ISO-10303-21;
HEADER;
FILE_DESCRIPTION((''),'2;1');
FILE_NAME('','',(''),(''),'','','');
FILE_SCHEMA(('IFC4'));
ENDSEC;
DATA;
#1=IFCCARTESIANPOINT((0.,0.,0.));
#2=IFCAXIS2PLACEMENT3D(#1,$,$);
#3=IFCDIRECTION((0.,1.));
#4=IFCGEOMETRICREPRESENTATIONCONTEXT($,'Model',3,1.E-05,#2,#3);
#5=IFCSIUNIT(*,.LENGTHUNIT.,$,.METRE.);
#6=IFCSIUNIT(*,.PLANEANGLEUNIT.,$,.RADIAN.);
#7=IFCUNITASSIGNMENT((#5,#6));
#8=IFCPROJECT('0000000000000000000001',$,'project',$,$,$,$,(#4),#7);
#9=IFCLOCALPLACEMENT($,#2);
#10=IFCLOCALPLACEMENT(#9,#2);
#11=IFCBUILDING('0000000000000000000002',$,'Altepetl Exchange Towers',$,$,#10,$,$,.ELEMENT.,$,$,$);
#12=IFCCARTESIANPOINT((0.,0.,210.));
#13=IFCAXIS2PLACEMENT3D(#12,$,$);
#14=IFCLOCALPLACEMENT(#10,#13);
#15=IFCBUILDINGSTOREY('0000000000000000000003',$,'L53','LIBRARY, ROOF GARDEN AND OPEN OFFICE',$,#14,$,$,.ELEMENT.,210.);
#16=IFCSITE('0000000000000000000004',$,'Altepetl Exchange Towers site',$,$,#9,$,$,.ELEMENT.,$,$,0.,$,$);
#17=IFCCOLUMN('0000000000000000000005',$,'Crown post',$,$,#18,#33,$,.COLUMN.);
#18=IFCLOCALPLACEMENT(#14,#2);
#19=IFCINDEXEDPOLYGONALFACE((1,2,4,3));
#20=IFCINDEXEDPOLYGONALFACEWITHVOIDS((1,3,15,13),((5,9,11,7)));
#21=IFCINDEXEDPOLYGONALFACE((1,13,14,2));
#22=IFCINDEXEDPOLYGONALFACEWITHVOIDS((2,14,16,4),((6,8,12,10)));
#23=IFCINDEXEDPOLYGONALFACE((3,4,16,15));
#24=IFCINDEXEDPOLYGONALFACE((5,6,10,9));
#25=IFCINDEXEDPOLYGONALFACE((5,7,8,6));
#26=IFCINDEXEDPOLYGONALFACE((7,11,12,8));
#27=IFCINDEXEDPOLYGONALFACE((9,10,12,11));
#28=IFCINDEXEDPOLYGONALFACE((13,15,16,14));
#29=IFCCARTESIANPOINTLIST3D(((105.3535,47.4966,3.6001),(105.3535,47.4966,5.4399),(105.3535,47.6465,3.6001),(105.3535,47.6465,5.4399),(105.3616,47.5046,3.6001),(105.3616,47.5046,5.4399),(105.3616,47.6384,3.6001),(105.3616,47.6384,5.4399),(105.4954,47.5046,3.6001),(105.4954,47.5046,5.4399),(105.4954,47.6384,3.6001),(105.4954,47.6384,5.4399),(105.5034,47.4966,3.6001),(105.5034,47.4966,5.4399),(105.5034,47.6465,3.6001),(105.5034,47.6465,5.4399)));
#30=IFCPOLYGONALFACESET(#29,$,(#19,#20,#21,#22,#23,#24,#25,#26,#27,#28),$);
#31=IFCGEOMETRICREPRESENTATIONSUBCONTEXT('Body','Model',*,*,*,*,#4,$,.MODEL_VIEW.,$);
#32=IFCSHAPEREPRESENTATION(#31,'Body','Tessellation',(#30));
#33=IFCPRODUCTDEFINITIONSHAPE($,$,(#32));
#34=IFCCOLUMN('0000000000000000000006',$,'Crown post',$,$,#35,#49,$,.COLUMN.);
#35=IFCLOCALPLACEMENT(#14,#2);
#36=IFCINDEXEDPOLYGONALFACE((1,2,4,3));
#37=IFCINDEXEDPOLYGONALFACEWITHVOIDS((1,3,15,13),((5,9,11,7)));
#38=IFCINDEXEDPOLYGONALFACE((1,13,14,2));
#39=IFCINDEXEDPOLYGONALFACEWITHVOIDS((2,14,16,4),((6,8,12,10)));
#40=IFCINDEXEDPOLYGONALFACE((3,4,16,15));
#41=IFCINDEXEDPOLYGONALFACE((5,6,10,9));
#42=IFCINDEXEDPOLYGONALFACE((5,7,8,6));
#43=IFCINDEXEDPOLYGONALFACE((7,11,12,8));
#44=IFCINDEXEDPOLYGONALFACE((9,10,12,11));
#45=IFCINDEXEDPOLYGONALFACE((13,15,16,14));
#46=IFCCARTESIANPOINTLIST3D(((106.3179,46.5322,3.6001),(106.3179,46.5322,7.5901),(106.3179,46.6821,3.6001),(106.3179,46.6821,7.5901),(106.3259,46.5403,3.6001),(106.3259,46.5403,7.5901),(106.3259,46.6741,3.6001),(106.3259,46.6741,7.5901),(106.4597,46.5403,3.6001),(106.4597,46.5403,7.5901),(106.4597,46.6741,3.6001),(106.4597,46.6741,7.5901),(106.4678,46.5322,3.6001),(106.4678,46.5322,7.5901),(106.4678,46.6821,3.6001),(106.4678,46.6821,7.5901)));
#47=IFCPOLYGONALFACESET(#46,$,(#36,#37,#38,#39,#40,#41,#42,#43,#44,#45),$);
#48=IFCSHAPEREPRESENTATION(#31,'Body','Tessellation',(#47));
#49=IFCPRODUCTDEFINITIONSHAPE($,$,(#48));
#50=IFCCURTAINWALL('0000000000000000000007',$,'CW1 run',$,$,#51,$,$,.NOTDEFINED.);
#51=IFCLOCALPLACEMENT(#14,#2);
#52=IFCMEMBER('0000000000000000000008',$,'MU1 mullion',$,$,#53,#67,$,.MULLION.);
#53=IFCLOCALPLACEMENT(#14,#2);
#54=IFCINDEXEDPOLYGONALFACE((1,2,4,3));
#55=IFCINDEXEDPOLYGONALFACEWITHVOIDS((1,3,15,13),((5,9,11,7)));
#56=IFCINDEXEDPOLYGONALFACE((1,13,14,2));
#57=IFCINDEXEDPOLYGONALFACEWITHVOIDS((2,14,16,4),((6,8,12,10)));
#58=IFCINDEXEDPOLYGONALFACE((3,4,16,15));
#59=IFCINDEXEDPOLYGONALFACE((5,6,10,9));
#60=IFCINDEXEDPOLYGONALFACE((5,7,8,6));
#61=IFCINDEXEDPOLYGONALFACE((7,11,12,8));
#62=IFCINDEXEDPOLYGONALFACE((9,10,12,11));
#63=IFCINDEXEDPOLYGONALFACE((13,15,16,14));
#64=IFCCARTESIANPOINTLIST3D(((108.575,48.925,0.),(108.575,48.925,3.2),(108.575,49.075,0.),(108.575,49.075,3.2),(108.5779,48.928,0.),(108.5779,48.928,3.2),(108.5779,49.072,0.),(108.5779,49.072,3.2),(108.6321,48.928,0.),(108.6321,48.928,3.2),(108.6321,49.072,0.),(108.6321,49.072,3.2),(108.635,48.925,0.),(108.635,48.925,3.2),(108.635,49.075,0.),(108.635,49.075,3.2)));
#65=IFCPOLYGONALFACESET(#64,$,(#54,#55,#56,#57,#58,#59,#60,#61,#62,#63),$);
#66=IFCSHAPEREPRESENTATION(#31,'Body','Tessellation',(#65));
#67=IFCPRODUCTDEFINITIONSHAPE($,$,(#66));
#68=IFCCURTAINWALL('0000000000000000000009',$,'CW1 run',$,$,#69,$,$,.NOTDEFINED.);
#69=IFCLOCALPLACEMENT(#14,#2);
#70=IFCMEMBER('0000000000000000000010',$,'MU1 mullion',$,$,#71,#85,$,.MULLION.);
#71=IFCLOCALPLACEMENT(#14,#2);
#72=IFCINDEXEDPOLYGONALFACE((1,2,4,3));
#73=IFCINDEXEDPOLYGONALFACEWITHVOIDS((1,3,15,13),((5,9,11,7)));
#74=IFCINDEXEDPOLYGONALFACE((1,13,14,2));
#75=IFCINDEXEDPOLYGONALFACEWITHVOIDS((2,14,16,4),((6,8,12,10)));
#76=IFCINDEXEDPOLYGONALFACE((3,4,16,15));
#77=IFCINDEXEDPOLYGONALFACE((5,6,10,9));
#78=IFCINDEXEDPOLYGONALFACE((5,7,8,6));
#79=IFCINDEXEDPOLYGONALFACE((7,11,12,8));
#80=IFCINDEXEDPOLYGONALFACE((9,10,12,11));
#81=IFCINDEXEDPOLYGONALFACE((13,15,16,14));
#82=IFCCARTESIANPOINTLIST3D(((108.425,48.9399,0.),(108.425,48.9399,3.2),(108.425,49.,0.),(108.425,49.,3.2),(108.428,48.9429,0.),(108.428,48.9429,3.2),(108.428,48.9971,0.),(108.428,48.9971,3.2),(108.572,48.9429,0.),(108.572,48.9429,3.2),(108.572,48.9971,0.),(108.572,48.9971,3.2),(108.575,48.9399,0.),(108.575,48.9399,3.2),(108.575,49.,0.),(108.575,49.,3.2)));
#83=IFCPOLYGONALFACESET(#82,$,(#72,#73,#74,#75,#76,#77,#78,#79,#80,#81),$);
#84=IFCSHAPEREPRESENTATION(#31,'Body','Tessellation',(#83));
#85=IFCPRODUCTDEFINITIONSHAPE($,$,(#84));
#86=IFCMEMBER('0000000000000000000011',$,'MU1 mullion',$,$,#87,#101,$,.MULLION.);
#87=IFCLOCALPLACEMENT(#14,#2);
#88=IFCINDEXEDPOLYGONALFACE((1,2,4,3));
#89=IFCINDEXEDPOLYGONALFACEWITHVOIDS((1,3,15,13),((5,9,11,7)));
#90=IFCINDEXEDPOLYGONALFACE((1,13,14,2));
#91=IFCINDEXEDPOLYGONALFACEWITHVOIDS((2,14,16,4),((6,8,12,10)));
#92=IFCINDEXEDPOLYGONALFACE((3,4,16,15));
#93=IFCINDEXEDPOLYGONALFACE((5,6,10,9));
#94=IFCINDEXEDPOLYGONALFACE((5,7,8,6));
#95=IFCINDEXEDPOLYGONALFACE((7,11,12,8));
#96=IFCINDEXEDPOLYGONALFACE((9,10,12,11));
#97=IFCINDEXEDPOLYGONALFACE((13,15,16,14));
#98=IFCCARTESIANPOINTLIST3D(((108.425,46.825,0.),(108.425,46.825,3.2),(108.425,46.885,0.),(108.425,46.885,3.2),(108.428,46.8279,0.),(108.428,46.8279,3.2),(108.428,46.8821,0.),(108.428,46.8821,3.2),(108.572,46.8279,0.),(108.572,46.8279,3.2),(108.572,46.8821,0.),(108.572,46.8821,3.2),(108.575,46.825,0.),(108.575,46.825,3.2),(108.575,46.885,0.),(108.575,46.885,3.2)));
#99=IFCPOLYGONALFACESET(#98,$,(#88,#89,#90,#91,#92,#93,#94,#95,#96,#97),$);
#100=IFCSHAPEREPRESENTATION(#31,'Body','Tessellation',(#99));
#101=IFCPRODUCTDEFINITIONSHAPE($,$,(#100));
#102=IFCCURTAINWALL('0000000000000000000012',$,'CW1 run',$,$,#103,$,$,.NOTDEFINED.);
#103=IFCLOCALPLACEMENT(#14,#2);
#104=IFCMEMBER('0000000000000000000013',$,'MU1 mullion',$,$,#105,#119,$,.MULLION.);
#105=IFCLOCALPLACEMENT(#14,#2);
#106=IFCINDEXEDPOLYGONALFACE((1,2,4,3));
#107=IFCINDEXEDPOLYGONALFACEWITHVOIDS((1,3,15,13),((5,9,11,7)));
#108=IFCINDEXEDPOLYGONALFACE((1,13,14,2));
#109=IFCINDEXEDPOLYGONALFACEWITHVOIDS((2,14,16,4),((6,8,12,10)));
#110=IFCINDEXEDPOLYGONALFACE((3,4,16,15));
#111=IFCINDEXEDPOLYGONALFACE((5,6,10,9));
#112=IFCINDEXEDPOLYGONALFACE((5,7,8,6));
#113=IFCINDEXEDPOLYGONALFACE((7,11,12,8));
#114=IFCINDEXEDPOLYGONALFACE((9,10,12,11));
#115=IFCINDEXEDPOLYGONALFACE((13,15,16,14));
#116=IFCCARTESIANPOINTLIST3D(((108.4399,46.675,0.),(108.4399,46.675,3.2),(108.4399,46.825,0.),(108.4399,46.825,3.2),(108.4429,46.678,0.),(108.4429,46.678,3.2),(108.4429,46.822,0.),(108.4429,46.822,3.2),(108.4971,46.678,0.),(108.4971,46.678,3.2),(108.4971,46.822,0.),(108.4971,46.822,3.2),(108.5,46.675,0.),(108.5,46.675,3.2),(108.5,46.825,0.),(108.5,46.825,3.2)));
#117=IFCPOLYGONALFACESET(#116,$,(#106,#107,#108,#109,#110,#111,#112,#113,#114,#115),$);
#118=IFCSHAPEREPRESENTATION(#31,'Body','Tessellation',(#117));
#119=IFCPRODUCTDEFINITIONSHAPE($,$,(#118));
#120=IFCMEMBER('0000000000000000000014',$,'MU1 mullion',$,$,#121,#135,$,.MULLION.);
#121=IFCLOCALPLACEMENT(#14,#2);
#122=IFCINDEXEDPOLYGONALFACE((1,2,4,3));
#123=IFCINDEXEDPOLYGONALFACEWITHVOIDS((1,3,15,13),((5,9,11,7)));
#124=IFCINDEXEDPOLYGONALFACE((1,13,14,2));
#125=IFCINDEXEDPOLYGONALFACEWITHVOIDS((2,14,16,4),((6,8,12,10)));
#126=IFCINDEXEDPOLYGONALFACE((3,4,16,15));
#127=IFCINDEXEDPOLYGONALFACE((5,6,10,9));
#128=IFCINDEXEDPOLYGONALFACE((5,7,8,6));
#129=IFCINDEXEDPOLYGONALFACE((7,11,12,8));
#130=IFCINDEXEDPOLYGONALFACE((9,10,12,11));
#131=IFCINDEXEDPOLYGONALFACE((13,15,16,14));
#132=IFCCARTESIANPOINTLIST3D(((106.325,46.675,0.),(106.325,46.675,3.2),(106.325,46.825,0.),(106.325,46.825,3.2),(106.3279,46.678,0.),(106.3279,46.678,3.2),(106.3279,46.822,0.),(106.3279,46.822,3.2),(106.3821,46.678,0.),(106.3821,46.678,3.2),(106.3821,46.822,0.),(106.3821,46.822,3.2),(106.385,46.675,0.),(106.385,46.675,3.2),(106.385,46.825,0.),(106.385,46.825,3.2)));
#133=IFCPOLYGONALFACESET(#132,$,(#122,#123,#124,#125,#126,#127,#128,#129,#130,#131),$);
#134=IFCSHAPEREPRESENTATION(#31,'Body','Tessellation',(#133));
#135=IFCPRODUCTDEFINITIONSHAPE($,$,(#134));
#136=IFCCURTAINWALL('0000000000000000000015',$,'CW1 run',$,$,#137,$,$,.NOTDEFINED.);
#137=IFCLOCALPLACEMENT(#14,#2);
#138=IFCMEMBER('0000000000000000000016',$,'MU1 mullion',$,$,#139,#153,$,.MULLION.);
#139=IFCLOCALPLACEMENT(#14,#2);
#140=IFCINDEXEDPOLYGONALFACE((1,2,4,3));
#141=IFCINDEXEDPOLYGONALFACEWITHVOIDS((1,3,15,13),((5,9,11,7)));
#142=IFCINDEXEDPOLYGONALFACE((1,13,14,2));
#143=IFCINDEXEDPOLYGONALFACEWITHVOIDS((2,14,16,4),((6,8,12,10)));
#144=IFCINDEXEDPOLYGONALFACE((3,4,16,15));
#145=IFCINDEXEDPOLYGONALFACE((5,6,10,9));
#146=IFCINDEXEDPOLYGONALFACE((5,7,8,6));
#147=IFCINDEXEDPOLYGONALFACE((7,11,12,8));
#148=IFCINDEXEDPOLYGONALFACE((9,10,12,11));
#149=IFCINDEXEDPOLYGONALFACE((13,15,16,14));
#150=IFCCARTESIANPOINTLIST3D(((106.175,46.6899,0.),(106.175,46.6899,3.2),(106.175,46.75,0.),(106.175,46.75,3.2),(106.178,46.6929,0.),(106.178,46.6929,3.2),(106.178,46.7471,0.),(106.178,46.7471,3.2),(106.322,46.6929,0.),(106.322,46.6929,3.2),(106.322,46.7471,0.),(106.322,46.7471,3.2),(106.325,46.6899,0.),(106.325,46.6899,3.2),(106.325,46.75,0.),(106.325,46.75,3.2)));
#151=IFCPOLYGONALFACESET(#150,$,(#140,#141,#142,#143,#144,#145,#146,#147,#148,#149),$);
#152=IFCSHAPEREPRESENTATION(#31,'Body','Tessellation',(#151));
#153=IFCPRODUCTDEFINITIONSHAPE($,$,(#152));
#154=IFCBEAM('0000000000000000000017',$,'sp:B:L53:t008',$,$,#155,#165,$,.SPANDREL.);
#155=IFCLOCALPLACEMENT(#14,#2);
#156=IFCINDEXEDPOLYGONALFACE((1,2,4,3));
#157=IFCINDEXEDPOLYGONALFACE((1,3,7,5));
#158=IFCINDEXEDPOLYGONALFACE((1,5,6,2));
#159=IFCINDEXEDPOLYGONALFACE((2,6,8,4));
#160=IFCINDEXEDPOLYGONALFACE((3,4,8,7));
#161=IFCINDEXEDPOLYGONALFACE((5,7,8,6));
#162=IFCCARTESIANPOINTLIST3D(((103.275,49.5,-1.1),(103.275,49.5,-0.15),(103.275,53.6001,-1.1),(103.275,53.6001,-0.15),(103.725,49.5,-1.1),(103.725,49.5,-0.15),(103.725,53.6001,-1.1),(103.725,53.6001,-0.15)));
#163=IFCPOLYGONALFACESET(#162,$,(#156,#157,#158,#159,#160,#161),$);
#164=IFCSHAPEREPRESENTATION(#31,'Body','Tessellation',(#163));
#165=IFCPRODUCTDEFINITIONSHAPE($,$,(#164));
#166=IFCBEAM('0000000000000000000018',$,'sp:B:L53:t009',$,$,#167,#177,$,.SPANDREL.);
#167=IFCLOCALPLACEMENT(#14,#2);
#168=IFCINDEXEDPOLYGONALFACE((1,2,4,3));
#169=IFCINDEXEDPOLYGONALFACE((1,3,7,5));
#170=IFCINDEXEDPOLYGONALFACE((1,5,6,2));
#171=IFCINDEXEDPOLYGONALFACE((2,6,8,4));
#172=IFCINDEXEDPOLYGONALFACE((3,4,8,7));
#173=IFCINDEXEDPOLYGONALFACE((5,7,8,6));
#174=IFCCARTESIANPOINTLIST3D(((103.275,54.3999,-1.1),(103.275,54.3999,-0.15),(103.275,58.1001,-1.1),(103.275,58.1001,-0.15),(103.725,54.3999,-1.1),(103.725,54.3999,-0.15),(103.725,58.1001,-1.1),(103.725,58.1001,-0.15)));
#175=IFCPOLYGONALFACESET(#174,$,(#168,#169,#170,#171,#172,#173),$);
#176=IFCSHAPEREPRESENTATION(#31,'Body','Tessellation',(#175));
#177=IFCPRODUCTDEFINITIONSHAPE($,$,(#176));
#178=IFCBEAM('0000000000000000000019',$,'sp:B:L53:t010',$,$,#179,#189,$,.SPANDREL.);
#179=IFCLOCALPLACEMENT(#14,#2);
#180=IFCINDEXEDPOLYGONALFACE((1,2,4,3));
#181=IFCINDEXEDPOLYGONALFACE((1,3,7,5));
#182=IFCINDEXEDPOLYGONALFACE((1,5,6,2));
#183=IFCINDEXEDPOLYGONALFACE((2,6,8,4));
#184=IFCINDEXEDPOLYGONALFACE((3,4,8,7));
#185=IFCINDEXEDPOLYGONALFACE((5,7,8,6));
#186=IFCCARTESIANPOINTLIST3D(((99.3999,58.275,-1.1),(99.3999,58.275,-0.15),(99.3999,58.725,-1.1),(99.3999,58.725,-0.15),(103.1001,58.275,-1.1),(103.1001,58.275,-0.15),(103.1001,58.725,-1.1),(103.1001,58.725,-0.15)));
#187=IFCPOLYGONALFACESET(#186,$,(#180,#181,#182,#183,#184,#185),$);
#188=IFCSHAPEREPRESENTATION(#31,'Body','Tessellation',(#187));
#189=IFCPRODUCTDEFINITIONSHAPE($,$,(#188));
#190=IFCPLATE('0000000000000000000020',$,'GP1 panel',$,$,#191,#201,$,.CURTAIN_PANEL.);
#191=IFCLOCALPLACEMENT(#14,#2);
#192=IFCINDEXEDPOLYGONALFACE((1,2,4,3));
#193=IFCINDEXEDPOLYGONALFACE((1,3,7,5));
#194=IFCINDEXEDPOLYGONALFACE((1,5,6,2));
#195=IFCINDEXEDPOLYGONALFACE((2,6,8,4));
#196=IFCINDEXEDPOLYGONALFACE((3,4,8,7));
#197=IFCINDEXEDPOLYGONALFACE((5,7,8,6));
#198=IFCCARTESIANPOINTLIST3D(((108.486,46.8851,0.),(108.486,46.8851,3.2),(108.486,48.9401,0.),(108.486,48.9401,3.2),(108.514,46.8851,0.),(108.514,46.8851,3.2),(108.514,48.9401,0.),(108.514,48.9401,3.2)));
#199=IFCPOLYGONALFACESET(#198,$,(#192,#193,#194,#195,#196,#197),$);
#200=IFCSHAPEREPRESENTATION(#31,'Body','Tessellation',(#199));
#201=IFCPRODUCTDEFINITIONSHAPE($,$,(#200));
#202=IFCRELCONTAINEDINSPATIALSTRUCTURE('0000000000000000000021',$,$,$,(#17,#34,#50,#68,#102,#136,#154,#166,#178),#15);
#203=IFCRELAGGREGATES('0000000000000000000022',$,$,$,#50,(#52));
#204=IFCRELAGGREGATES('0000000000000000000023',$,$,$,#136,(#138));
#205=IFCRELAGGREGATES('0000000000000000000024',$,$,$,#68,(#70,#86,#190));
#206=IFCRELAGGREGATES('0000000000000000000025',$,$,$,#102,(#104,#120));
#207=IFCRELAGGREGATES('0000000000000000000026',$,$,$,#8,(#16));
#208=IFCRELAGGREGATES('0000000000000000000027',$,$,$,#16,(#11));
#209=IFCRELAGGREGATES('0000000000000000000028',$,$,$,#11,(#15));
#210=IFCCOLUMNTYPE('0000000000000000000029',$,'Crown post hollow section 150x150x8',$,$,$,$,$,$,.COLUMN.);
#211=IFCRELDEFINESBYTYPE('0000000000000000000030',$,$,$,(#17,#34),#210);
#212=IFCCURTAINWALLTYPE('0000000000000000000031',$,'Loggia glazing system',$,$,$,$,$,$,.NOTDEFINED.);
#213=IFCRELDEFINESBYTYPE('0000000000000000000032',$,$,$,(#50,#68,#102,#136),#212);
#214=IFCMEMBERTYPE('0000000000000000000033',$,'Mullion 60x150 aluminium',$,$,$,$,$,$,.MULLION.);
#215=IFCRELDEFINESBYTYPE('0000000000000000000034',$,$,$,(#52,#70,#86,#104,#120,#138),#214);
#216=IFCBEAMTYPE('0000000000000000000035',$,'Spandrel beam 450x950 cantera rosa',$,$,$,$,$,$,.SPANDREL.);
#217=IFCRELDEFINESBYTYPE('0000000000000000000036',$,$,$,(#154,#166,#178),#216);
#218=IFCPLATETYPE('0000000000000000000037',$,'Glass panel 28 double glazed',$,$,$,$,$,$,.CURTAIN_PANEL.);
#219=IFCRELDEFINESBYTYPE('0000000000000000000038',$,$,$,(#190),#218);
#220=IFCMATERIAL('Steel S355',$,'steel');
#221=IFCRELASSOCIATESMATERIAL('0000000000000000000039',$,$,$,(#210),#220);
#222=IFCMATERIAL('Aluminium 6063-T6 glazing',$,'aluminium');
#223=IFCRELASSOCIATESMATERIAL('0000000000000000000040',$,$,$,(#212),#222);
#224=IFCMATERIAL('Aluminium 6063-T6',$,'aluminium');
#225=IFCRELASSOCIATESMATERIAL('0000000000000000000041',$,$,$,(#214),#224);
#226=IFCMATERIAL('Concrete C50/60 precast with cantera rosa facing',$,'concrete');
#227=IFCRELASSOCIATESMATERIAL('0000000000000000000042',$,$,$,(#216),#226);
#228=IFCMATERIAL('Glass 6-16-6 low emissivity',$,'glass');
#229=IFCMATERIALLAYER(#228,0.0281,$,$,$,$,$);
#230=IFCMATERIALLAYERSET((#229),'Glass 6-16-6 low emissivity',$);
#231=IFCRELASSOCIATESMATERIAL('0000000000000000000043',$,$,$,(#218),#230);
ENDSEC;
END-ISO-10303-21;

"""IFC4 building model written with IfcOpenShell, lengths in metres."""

from ifc_helpers import new_model, si_unit, direction, frame, origin, origin_2d, place, context, subcontext, project, spatial, rectangle, hollow_rectangle, extrude, material, layer, layer_set, material_profile, profile_set, type_object, element, aggregate, save


model = new_model("IFC4")

# Units and contexts
model_context = context("Model", 3, precision=1e-05, world=origin(), true_north=direction((0.0, 1.0)))
body_context = subcontext(model_context, "Body", "Model", "MODEL_VIEW")
ifc_project = project(units=[si_unit("LENGTHUNIT", "METRE"), si_unit("PLANEANGLEUNIT", "RADIAN")], contexts=[model_context])

# Site, building, storey
site_placement = place(None, origin())
site = spatial("IfcSite", under=ifc_project, at=site_placement, Name="Altepetl Exchange Towers site", CompositionType="ELEMENT", RefElevation=0.0)
building_placement = place(site_placement, origin())
building = spatial("IfcBuilding", under=site, at=building_placement, Name="Altepetl Exchange Towers", CompositionType="ELEMENT")
storey_placement = place(building_placement, frame((0.0, 0.0, 210.0)))
storey = spatial("IfcBuildingStorey", under=building, at=storey_placement, Name="L53", Description="LIBRARY, ROOF GARDEN AND OPEN OFFICE", CompositionType="ELEMENT", Elevation=210.0)

# Columns
ifc_material_1 = material(Name="Steel S355", Category="steel")
ifc_material_profile_1 = material_profile(ifc_material_1, hollow_rectangle(XDim=0.1499, YDim=0.1499, WallThickness=0.0081, at=origin_2d()), Name="RHS 150x150x8")
ifc_profile_set_1 = profile_set([ifc_material_profile_1], Name="Steel S355")
column_type = type_object("IfcColumnType", Name="Crown post hollow section 150x150x8", PredefinedType="COLUMN", material=ifc_profile_set_1)
column_1_placement = place(storey_placement, frame((105.4285, 47.5715, 3.6001)))
element("IfcColumn", 1, at=column_1_placement, inside=storey, type_object=column_type, Name="Crown post", PredefinedType="COLUMN", context=body_context, shape_type="SweptSolid", body=[
    extrude(hollow_rectangle(XDim=0.1499, YDim=0.1499, WallThickness=0.0081, at=origin_2d()), origin(), (0.0, 0.0, 1.0), 1.8398),
])
column_2_placement = place(storey_placement, frame((106.3928, 46.6072, 3.6001)))
element("IfcColumn", 2, at=column_2_placement, inside=storey, type_object=column_type, Name="Crown post", PredefinedType="COLUMN", context=body_context, shape_type="SweptSolid", body=[
    extrude(hollow_rectangle(XDim=0.1499, YDim=0.1499, WallThickness=0.0081, at=origin_2d()), origin(), (0.0, 0.0, 1.0), 3.99),
])

# Curtain wall, member
ifc_material_2 = material(Name="Aluminium 6063-T6 glazing", Category="aluminium")
curtain_wall_type_1 = type_object("IfcCurtainWallType", Name="Loggia glazing system", PredefinedType="NOTDEFINED", material=ifc_material_2)
curtain_wall_1_placement = place(storey_placement, origin())
curtain_wall_1 = element("IfcCurtainWall", 3, at=curtain_wall_1_placement, inside=storey, type_object=curtain_wall_type_1, Name="CW1 run", PredefinedType="NOTDEFINED")
ifc_material_3 = material(Name="Aluminium 6063-T6", Category="aluminium")
ifc_material_profile_2 = material_profile(ifc_material_3, hollow_rectangle(XDim=0.0601, YDim=0.1499, WallThickness=0.0029, at=origin_2d()), Name="Mullion 60x150 aluminium")
ifc_profile_set_2 = profile_set([ifc_material_profile_2], Name="Aluminium 6063-T6")
member_type = type_object("IfcMemberType", Name="Mullion 60x150 aluminium", PredefinedType="MULLION", material=ifc_profile_set_2)
member_1_placement = place(storey_placement, frame((108.605, 49.0, 0.0), z_axis=(0.0, 0.0, 1.0), x_axis=(-1.0, 0.0, 0.0)))
member_1 = element("IfcMember", 4, at=member_1_placement, type_object=member_type, Name="MU1 mullion", PredefinedType="MULLION", context=body_context, shape_type="SweptSolid", body=[
    extrude(hollow_rectangle(XDim=0.0601, YDim=0.1499, WallThickness=0.0029, at=origin_2d()), origin(), (0.0, 0.0, 1.0), 3.2),
])
aggregate(curtain_wall_1, [member_1])

# Curtain walls, members
curtain_wall_2_placement = place(storey_placement, origin())
curtain_wall_2 = element("IfcCurtainWall", 5, at=curtain_wall_2_placement, inside=storey, type_object=curtain_wall_type_1, Name="CW1 run", PredefinedType="NOTDEFINED")
member_2_placement = place(storey_placement, frame((108.5, 48.97, 0.0), z_axis=(0.0, 0.0, 1.0), x_axis=(0.0, -1.0, 0.0)))
member_2 = element("IfcMember", 6, at=member_2_placement, type_object=member_type, Name="MU1 mullion", PredefinedType="MULLION", context=body_context, shape_type="SweptSolid", body=[
    extrude(hollow_rectangle(XDim=0.0601, YDim=0.1499, WallThickness=0.0029, at=origin_2d()), origin(), (0.0, 0.0, 1.0), 3.2),
])
member_3_placement = place(storey_placement, frame((108.5, 46.855, 0.0), z_axis=(0.0, 0.0, 1.0), x_axis=(0.0, -1.0, 0.0)))
member_3 = element("IfcMember", 7, at=member_3_placement, type_object=member_type, Name="MU1 mullion", PredefinedType="MULLION", context=body_context, shape_type="SweptSolid", body=[
    extrude(hollow_rectangle(XDim=0.0601, YDim=0.1499, WallThickness=0.0029, at=origin_2d()), origin(), (0.0, 0.0, 1.0), 3.2),
])
curtain_wall_3_placement = place(storey_placement, origin())
curtain_wall_3 = element("IfcCurtainWall", 8, at=curtain_wall_3_placement, inside=storey, type_object=curtain_wall_type_1, Name="CW1 run", PredefinedType="NOTDEFINED")
member_4_placement = place(storey_placement, frame((108.47, 46.75, 0.0), z_axis=(0.0, 0.0, 1.0), x_axis=(-1.0, 0.0, 0.0)))
member_4 = element("IfcMember", 9, at=member_4_placement, type_object=member_type, Name="MU1 mullion", PredefinedType="MULLION", context=body_context, shape_type="SweptSolid", body=[
    extrude(hollow_rectangle(XDim=0.0601, YDim=0.1499, WallThickness=0.0029, at=origin_2d()), origin(), (0.0, 0.0, 1.0), 3.2),
])
member_5_placement = place(storey_placement, frame((106.355, 46.75, 0.0), z_axis=(0.0, 0.0, 1.0), x_axis=(-1.0, 0.0, 0.0)))
member_5 = element("IfcMember", 10, at=member_5_placement, type_object=member_type, Name="MU1 mullion", PredefinedType="MULLION", context=body_context, shape_type="SweptSolid", body=[
    extrude(hollow_rectangle(XDim=0.0601, YDim=0.1499, WallThickness=0.0029, at=origin_2d()), origin(), (0.0, 0.0, 1.0), 3.2),
])

# Curtain wall, member
curtain_wall_4_placement = place(storey_placement, origin())
curtain_wall_4 = element("IfcCurtainWall", 11, at=curtain_wall_4_placement, inside=storey, type_object=curtain_wall_type_1, Name="CW1 run", PredefinedType="NOTDEFINED")
member_6_placement = place(storey_placement, frame((106.25, 46.72, 0.0), z_axis=(0.0, 0.0, 1.0), x_axis=(0.0, -1.0, 0.0)))
member_6 = element("IfcMember", 12, at=member_6_placement, type_object=member_type, Name="MU1 mullion", PredefinedType="MULLION", context=body_context, shape_type="SweptSolid", body=[
    extrude(hollow_rectangle(XDim=0.0601, YDim=0.1499, WallThickness=0.0029, at=origin_2d()), origin(), (0.0, 0.0, 1.0), 3.2),
])
aggregate(curtain_wall_4, [member_6])

# Beams
ifc_material_4 = material(Name="Concrete C50/60 precast with cantera rosa facing", Category="concrete")
ifc_material_profile_3 = material_profile(ifc_material_4, rectangle(XDim=0.45, YDim=0.95, at=origin_2d()), Name="450 x 950")
ifc_profile_set_3 = profile_set([ifc_material_profile_3], Name="Concrete C50/60 precast with cantera rosa facing")
beam_type = type_object("IfcBeamType", Name="Spandrel beam 450x950 cantera rosa", PredefinedType="SPANDREL", material=ifc_profile_set_3)
beam_placement = place(storey_placement, frame((103.5, 49.5, -0.625), z_axis=(0.0, 1.0, 0.0), x_axis=(-1.0, 0.0, 0.0)))
element("IfcBeam", 13, at=beam_placement, inside=storey, type_object=beam_type, Name="sp:B:L53:t008", PredefinedType="SPANDREL", context=body_context, shape_type="SweptSolid", body=[
    extrude(rectangle(XDim=0.45, YDim=0.95, at=origin_2d()), origin(), (0.0, 0.0, 1.0), 4.1001),
])
for number, where, z_axis, x_axis, name in (
    (14, (103.5, 54.3999, -0.625), (0.0, 1.0, 0.0), (-1.0, 0.0, 0.0), "sp:B:L53:t009"),
    (15, (103.1001, 58.5, -0.625), (-1.0, 0.0, 0.0), (0.0, -1.0, 0.0), "sp:B:L53:t010"),
):
    element("IfcBeam", number, at=place(storey_placement, frame(where, z_axis=z_axis, x_axis=x_axis)), inside=storey, type_object=beam_type, Name=name, PredefinedType="SPANDREL", context=body_context, shape_type="SweptSolid", body=[
        extrude(rectangle(XDim=0.45, YDim=0.95, at=origin_2d()), origin(), (0.0, 0.0, 1.0), 3.7002),
    ])

# Plate
ifc_material_5 = material(Name="Glass 6-16-6 low emissivity", Category="glass")
ifc_layer_1 = layer(ifc_material_5, 0.0281)
ifc_layer_set_1 = layer_set([ifc_layer_1], Name="Glass 6-16-6 low emissivity")
plate_type_1 = type_object("IfcPlateType", Name="Glass panel 28 double glazed", PredefinedType="CURTAIN_PANEL", material=ifc_layer_set_1)
plate_1_placement = place(storey_placement, frame((108.5, 47.9126, 0.0), z_axis=(0.0, 0.0, 1.0), x_axis=(0.0, -1.0, 0.0)))
plate_1 = element("IfcPlate", 16, at=plate_1_placement, type_object=plate_type_1, Name="GP1 panel", PredefinedType="CURTAIN_PANEL", context=body_context, shape_type="SweptSolid", body=[
    extrude(rectangle(XDim=2.0549, YDim=0.0281, at=origin_2d()), origin(), (0.0, 0.0, 1.0), 3.2),
])
aggregate(curtain_wall_2, [member_2, member_3, plate_1])
aggregate(curtain_wall_3, [member_4, member_5])

save(model, "model.ifc")
